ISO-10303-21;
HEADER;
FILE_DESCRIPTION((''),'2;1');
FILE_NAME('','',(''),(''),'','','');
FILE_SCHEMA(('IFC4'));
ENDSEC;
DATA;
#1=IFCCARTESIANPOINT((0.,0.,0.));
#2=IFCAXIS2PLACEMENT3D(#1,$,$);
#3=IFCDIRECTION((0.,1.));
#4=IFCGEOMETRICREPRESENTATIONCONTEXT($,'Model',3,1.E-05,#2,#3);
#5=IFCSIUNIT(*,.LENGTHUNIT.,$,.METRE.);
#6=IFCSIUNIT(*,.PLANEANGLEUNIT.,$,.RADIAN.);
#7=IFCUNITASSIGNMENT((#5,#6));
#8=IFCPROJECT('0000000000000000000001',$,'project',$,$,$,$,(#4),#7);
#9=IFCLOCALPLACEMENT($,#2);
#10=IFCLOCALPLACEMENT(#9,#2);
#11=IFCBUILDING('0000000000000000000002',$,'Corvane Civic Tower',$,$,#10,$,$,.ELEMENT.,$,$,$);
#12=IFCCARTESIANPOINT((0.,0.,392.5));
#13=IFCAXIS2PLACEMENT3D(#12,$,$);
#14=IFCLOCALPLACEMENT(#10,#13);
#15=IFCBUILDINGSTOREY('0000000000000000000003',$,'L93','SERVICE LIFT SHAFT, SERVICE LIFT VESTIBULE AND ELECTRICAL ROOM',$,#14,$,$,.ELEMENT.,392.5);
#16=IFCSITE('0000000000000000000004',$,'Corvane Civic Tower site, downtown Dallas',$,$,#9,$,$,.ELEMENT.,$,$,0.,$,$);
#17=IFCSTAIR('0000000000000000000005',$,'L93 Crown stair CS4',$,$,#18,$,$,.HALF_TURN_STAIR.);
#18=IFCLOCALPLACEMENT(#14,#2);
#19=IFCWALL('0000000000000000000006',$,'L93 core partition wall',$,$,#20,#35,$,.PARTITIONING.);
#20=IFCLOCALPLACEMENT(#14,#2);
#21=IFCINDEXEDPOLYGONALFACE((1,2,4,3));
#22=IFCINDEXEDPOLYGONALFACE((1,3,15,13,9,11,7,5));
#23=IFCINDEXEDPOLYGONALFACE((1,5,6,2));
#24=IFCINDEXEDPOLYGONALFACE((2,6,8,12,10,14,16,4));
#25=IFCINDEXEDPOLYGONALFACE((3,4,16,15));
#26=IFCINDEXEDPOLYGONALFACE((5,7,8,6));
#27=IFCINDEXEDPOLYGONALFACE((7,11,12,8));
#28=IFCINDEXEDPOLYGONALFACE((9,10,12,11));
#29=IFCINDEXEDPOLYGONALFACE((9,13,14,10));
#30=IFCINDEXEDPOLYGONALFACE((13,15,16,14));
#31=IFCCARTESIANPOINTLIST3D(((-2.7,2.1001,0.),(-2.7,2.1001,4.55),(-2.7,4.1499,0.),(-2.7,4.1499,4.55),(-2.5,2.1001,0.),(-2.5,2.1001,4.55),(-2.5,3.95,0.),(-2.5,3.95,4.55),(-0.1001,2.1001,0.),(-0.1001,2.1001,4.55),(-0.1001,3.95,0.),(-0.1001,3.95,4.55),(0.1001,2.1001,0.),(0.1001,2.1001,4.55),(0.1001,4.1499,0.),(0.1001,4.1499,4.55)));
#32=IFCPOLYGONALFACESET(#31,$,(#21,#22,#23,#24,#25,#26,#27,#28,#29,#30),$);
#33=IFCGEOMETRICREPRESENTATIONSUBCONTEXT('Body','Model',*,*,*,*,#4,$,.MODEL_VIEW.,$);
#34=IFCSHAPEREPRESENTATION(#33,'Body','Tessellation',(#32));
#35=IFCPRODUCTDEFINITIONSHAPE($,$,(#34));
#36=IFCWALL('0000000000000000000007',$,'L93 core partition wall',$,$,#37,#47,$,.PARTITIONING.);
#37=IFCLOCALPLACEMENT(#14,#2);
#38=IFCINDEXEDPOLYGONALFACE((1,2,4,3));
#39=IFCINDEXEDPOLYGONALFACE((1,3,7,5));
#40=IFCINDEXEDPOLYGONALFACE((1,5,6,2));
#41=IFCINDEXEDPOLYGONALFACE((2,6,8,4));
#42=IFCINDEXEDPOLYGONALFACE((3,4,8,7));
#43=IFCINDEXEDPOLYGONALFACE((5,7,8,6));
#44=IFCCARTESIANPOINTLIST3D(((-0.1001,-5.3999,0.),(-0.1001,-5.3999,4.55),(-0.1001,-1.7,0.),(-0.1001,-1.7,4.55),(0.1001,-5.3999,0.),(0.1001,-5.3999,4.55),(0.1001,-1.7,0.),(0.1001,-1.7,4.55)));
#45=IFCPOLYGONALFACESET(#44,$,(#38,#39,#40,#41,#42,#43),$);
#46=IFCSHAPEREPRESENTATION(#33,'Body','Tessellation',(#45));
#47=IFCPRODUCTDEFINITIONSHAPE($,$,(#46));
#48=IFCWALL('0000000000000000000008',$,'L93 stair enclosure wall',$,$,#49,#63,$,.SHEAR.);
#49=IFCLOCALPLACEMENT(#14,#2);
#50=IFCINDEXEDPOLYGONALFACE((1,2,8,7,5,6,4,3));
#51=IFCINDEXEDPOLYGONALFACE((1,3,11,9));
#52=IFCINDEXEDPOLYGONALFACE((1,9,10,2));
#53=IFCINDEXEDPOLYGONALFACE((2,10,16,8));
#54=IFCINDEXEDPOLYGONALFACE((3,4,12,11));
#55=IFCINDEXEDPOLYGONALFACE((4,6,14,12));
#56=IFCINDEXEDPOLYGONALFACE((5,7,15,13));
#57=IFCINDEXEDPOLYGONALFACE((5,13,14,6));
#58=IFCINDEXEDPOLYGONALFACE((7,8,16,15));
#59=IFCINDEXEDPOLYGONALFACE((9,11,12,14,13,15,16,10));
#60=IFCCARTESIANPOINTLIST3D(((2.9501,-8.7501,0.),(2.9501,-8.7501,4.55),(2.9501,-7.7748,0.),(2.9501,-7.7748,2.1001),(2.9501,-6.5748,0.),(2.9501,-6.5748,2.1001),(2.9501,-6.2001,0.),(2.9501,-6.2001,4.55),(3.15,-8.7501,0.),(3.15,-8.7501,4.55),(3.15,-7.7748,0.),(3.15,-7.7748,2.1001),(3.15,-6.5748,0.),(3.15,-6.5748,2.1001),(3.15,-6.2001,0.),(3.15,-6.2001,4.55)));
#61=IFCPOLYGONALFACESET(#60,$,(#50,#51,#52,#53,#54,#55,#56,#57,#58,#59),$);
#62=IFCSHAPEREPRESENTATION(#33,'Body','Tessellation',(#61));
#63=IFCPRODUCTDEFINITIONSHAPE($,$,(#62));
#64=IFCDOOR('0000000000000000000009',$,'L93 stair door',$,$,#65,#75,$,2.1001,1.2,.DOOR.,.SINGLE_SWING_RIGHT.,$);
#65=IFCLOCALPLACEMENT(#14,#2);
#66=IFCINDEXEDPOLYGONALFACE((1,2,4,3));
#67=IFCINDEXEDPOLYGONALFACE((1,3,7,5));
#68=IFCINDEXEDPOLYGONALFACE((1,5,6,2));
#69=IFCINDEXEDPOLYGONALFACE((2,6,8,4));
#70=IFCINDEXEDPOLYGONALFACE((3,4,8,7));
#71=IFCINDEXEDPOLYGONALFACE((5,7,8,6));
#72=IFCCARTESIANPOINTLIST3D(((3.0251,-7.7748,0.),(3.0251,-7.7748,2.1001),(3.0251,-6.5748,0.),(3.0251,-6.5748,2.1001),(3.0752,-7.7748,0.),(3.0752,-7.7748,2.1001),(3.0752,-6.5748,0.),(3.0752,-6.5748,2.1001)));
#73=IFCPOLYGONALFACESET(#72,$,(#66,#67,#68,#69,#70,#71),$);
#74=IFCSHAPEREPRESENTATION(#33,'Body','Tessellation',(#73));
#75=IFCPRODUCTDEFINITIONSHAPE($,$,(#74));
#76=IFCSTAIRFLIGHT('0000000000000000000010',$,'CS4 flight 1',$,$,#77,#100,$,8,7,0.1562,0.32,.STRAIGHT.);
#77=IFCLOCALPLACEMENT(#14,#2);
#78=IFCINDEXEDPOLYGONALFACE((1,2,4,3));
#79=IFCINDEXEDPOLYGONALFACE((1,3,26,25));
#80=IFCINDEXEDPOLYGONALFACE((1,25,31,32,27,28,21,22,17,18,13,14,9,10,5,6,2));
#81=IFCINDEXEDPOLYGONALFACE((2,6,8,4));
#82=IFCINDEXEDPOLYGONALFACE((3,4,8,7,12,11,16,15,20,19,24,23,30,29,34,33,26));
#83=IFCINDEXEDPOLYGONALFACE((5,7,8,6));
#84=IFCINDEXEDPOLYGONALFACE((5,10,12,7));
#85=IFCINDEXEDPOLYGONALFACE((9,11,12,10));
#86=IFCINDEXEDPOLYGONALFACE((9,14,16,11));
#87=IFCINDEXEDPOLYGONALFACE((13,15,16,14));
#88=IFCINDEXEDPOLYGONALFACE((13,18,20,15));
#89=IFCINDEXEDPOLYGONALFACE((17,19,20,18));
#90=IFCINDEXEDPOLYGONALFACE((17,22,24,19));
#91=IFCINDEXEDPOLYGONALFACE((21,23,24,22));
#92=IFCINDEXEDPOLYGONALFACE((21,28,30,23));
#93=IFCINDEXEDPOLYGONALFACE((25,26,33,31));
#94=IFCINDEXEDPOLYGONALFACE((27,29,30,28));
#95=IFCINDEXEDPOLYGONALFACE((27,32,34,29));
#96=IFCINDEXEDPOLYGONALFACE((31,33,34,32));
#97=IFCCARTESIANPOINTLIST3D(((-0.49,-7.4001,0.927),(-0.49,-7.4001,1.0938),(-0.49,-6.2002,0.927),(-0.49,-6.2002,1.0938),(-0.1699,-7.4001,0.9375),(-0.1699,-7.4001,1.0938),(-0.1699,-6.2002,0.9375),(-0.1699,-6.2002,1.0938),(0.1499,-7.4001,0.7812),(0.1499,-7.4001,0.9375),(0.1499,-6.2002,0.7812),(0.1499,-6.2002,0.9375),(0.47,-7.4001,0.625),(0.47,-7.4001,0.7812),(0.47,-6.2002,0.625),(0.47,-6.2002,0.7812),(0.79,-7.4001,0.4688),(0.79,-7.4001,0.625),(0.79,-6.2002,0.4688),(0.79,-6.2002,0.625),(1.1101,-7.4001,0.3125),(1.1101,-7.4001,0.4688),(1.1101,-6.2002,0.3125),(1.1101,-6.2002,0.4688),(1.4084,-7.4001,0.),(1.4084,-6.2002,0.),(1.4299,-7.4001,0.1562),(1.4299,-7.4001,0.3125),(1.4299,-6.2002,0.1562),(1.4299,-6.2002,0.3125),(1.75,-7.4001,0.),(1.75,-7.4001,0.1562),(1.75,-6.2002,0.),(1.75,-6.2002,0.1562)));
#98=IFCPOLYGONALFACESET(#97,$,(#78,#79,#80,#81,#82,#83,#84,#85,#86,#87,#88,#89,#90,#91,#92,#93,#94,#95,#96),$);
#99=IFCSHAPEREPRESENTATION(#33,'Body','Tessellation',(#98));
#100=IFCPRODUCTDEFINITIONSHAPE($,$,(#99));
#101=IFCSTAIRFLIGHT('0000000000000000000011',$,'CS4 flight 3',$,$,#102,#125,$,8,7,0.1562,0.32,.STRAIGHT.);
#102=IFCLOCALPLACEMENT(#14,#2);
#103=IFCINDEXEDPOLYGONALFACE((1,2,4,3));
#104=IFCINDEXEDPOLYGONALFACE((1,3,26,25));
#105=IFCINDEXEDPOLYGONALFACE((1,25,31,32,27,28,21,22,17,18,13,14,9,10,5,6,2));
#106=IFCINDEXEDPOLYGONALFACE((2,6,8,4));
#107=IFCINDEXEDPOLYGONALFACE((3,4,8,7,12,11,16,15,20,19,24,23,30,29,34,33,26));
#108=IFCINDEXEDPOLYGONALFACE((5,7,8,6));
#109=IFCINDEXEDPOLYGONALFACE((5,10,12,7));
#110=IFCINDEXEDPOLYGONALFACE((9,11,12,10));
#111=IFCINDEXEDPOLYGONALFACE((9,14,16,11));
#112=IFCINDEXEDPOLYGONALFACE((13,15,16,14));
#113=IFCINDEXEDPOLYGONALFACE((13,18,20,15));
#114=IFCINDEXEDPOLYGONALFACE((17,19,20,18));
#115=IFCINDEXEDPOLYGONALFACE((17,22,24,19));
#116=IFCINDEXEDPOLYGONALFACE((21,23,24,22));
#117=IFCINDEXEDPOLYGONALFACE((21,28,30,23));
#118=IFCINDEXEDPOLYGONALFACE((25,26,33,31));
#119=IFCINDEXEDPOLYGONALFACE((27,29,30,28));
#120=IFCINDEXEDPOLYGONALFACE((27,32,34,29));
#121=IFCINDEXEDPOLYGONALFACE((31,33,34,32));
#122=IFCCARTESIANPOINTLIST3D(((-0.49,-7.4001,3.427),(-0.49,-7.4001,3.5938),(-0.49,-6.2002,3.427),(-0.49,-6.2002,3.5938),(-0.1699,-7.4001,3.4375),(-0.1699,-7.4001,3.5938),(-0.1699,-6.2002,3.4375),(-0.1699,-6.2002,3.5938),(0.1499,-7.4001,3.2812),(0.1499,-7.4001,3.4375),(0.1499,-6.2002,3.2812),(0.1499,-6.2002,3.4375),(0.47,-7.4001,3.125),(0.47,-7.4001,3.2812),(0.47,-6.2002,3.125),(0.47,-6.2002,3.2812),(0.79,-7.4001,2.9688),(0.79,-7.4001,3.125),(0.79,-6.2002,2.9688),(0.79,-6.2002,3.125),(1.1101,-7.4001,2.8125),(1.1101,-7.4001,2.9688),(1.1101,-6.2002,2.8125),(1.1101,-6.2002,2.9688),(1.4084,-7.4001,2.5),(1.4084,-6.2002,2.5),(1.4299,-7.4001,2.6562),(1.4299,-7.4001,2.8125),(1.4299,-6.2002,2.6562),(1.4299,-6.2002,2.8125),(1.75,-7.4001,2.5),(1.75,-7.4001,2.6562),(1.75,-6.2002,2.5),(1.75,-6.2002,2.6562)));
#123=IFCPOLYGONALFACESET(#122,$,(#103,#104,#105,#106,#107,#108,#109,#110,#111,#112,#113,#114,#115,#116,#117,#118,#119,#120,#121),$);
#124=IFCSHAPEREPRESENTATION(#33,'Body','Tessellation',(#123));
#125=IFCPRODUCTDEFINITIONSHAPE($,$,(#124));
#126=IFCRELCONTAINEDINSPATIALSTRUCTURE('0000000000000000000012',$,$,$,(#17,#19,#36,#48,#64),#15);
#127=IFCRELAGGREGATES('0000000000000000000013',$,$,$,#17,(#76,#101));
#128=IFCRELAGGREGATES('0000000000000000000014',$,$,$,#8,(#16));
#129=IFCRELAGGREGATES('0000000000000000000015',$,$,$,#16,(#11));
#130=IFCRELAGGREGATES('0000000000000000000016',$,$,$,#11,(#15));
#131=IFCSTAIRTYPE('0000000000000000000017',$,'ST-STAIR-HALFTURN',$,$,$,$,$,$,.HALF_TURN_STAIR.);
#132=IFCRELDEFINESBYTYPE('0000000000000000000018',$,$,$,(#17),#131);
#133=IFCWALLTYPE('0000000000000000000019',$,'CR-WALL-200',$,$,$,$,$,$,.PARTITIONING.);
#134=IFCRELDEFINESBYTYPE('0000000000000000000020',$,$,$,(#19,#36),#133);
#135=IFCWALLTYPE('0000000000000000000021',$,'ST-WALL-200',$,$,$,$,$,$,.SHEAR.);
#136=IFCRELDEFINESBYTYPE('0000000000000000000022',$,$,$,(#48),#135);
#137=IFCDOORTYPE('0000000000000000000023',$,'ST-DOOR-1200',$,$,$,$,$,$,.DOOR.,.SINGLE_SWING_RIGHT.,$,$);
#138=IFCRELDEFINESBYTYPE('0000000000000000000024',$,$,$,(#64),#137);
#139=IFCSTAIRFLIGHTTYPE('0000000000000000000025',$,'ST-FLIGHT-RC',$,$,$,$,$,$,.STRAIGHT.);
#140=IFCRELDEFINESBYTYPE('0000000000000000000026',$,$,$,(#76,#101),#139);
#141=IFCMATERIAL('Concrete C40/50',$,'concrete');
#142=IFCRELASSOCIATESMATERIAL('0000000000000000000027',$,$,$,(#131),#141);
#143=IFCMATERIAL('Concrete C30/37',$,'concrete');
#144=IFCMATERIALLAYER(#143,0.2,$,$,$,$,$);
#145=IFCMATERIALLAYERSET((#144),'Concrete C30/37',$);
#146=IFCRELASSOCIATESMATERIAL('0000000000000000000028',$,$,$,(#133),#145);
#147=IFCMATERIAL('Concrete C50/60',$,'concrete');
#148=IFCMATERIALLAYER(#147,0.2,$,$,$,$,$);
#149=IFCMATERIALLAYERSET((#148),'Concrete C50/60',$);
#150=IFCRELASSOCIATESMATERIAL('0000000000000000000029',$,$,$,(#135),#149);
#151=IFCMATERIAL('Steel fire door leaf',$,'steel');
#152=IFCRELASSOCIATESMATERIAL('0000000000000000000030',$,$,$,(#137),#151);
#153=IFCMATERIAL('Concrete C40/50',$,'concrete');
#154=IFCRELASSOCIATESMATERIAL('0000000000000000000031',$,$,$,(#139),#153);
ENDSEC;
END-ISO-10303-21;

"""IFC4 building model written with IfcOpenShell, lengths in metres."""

from ifc_helpers import new_model, si_unit, direction, frame, frame_2d, origin, place, context, subcontext, project, spatial, polyline, rectangle, outline, extrude, material, layer, layer_set, type_object, element, fill, aggregate, save


model = new_model("IFC4")

# Units and contexts
model_context = context("Model", 3, precision=1e-05, world=origin(), true_north=direction((0.0, 1.0)))
body_context = subcontext(model_context, "Body", "Model", "MODEL_VIEW")
ifc_project = project(units=[si_unit("LENGTHUNIT", "METRE"), si_unit("PLANEANGLEUNIT", "RADIAN")], contexts=[model_context])

# Site, building, storey
site_placement = place(None, origin())
site = spatial("IfcSite", under=ifc_project, at=site_placement, Name="Corvane Civic Tower site, downtown Dallas", CompositionType="ELEMENT", RefElevation=0.0)
building_placement = place(site_placement, origin())
building = spatial("IfcBuilding", under=site, at=building_placement, Name="Corvane Civic Tower", CompositionType="ELEMENT")
storey_placement = place(building_placement, frame((0.0, 0.0, 392.5)))
storey = spatial("IfcBuildingStorey", under=building, at=storey_placement, Name="L93", Description="SERVICE LIFT SHAFT, SERVICE LIFT VESTIBULE AND ELECTRICAL ROOM", CompositionType="ELEMENT", Elevation=392.5)

# Shared definitions
ifc_material_1 = material(Name="Concrete C40/50", Category="concrete")
stair_type = type_object("IfcStairType", Name="ST-STAIR-HALFTURN", PredefinedType="HALF_TURN_STAIR", material=ifc_material_1)

# Stair
stair_1_placement = place(storey_placement, origin())
stair_1 = element("IfcStair", 1, at=stair_1_placement, inside=storey, type_object=stair_type, Name="L93 Crown stair CS4", PredefinedType="HALF_TURN_STAIR")

# Shared definitions
ifc_material_2 = material(Name="Concrete C30/37", Category="concrete")
ifc_layer_1 = layer(ifc_material_2, 0.2)
ifc_layer_set_1 = layer_set([ifc_layer_1], Name="Concrete C30/37")
wall_type_1 = type_object("IfcWallType", Name="CR-WALL-200", PredefinedType="PARTITIONING", material=ifc_layer_set_1)

# Walls
wall_1_placement = place(storey_placement, origin())
element("IfcWall", 2, at=wall_1_placement, inside=storey, type_object=wall_type_1, Name="L93 core partition wall", PredefinedType="PARTITIONING", context=body_context, shape_type="SweptSolid", body=[
    extrude(outline(polyline([(-2.7, 4.1499), (0.1001, 4.1499), (0.1001, 2.1001), (-0.1001, 2.1001), (-0.1001, 3.95), (-2.5, 3.95), (-2.5, 2.1001), (-2.7, 2.1001), (-2.7, 4.1499)])), origin(), (0.0, 0.0, 1.0), 4.55),
])
wall_2_placement = place(storey_placement, origin())
element("IfcWall", 3, at=wall_2_placement, inside=storey, type_object=wall_type_1, Name="L93 core partition wall", PredefinedType="PARTITIONING", context=body_context, shape_type="SweptSolid", body=[
    extrude(outline(polyline([(-0.1001, -1.7), (0.1001, -1.7), (0.1001, -5.3999), (-0.1001, -5.3999), (-0.1001, -1.7)])), origin(), (0.0, 0.0, 1.0), 4.55),
])

# Wall, opening, door
ifc_material_3 = material(Name="Concrete C50/60", Category="concrete")
ifc_layer_2 = layer(ifc_material_3, 0.2)
ifc_layer_set_2 = layer_set([ifc_layer_2], Name="Concrete C50/60")
wall_type_2 = type_object("IfcWallType", Name="ST-WALL-200", PredefinedType="SHEAR", material=ifc_layer_set_2)
wall_3_placement = place(storey_placement, frame((3.05, -8.75, 0.0), z_axis=(0.0, 0.0, 1.0), x_axis=(0.0, 1.0, 0.0)))
wall_3 = element("IfcWall", 4, at=wall_3_placement, inside=storey, type_object=wall_type_2, Name="L93 stair enclosure wall", PredefinedType="SHEAR", context=body_context, shape_type="SweptSolid", body=[
    extrude(rectangle(XDim=2.55, YDim=0.2, at=frame_2d((1.2749, 0.0))), origin(), (0.0, 0.0, 1.0), 4.55),
])
opening_1_placement = place(wall_3_placement, frame((0.9751, 0.0, 0.0)))
opening_1 = element("IfcOpeningElement", 5, at=opening_1_placement, cuts=wall_3, PredefinedType="OPENING", context=body_context, shape_type="SweptSolid", body=[
    extrude(rectangle(XDim=1.2, YDim=2.1001, at=frame_2d((0.6001, 1.05))), frame((0.0, 0.1099, 0.0), z_axis=(0.0, -1.0, 0.0), x_axis=(1.0, 0.0, 0.0)), (0.0, 0.0, 1.0), 0.22),
])
ifc_material_4 = material(Name="Steel fire door leaf", Category="steel")
door_type_1 = type_object("IfcDoorType", Name="ST-DOOR-1200", OperationType="SINGLE_SWING_RIGHT", PredefinedType="DOOR", material=ifc_material_4)
door_1_placement = place(opening_1_placement, origin())
door_1 = element("IfcDoor", 6, at=door_1_placement, inside=storey, type_object=door_type_1, Name="L93 stair door", OperationType="SINGLE_SWING_RIGHT", OverallHeight=2.1001, OverallWidth=1.2, PredefinedType="DOOR", context=body_context, shape_type="SweptSolid", body=[
    extrude(rectangle(XDim=1.2, YDim=2.1001, at=frame_2d((0.6001, 1.05))), frame((0.0, 0.0249, 0.0), z_axis=(0.0, -1.0, 0.0), x_axis=(1.0, 0.0, 0.0)), (0.0, 0.0, 1.0), 0.05),
])
fill(opening_1, door_1)

# Stair flights
ifc_material_5 = material(Name="Concrete C40/50", Category="concrete")
stair_flight_type = type_object("IfcStairFlightType", Name="ST-FLIGHT-RC", PredefinedType="STRAIGHT", material=ifc_material_5)
stair_flight_1_placement = place(storey_placement, frame((1.75, -6.8, 0.0), z_axis=(0.0, 0.0, 1.0), x_axis=(-1.0, 0.0, 0.0)))
stair_flight_1 = element("IfcStairFlight", 7, at=stair_flight_1_placement, type_object=stair_flight_type, Name="CS4 flight 1", NumberOfRisers=8, NumberOfTreads=7, PredefinedType="STRAIGHT", RiserHeight=0.1562, TreadLength=0.32, context=body_context, shape_type="SweptSolid", body=[
    extrude(outline(polyline([(0.0, 0.0), (0.0, 0.1562), (0.3201, 0.1562), (0.3201, 0.3125), (0.6399, 0.3125), (0.6399, 0.4688), (0.96, 0.4688), (0.96, 0.625), (1.28, 0.625), (1.28, 0.7812), (1.6001, 0.7812), (1.6001, 0.9375), (1.9199, 0.9375), (1.9199, 1.0938), (2.24, 1.0938), (2.24, 1.25), (2.24, 0.927), (0.3416, 0.0), (0.0, 0.0)])), frame((0.0, 0.6001, 0.0), z_axis=(0.0, -1.0, 0.0), x_axis=(1.0, 0.0, 0.0)), (0.0, 0.0, 1.0), 1.2),
])
stair_flight_2_placement = place(storey_placement, frame((1.75, -6.8, 2.5), z_axis=(0.0, 0.0, 1.0), x_axis=(-1.0, 0.0, 0.0)))
stair_flight_2 = element("IfcStairFlight", 8, at=stair_flight_2_placement, type_object=stair_flight_type, Name="CS4 flight 3", NumberOfRisers=8, NumberOfTreads=7, PredefinedType="STRAIGHT", RiserHeight=0.1562, TreadLength=0.32, context=body_context, shape_type="SweptSolid", body=[
    extrude(outline(polyline([(0.0, 0.0), (0.0, 0.1562), (0.3201, 0.1562), (0.3201, 0.3125), (0.6399, 0.3125), (0.6399, 0.4688), (0.96, 0.4688), (0.96, 0.625), (1.28, 0.625), (1.28, 0.7812), (1.6001, 0.7812), (1.6001, 0.9375), (1.9199, 0.9375), (1.9199, 1.0938), (2.24, 1.0938), (2.24, 1.25), (2.24, 0.927), (0.3416, 0.0), (0.0, 0.0)])), frame((0.0, 0.6001, 0.0), z_axis=(0.0, -1.0, 0.0), x_axis=(1.0, 0.0, 0.0)), (0.0, 0.0, 1.0), 1.2),
])
aggregate(stair_1, [stair_flight_1, stair_flight_2])

save(model, "model.ifc")
